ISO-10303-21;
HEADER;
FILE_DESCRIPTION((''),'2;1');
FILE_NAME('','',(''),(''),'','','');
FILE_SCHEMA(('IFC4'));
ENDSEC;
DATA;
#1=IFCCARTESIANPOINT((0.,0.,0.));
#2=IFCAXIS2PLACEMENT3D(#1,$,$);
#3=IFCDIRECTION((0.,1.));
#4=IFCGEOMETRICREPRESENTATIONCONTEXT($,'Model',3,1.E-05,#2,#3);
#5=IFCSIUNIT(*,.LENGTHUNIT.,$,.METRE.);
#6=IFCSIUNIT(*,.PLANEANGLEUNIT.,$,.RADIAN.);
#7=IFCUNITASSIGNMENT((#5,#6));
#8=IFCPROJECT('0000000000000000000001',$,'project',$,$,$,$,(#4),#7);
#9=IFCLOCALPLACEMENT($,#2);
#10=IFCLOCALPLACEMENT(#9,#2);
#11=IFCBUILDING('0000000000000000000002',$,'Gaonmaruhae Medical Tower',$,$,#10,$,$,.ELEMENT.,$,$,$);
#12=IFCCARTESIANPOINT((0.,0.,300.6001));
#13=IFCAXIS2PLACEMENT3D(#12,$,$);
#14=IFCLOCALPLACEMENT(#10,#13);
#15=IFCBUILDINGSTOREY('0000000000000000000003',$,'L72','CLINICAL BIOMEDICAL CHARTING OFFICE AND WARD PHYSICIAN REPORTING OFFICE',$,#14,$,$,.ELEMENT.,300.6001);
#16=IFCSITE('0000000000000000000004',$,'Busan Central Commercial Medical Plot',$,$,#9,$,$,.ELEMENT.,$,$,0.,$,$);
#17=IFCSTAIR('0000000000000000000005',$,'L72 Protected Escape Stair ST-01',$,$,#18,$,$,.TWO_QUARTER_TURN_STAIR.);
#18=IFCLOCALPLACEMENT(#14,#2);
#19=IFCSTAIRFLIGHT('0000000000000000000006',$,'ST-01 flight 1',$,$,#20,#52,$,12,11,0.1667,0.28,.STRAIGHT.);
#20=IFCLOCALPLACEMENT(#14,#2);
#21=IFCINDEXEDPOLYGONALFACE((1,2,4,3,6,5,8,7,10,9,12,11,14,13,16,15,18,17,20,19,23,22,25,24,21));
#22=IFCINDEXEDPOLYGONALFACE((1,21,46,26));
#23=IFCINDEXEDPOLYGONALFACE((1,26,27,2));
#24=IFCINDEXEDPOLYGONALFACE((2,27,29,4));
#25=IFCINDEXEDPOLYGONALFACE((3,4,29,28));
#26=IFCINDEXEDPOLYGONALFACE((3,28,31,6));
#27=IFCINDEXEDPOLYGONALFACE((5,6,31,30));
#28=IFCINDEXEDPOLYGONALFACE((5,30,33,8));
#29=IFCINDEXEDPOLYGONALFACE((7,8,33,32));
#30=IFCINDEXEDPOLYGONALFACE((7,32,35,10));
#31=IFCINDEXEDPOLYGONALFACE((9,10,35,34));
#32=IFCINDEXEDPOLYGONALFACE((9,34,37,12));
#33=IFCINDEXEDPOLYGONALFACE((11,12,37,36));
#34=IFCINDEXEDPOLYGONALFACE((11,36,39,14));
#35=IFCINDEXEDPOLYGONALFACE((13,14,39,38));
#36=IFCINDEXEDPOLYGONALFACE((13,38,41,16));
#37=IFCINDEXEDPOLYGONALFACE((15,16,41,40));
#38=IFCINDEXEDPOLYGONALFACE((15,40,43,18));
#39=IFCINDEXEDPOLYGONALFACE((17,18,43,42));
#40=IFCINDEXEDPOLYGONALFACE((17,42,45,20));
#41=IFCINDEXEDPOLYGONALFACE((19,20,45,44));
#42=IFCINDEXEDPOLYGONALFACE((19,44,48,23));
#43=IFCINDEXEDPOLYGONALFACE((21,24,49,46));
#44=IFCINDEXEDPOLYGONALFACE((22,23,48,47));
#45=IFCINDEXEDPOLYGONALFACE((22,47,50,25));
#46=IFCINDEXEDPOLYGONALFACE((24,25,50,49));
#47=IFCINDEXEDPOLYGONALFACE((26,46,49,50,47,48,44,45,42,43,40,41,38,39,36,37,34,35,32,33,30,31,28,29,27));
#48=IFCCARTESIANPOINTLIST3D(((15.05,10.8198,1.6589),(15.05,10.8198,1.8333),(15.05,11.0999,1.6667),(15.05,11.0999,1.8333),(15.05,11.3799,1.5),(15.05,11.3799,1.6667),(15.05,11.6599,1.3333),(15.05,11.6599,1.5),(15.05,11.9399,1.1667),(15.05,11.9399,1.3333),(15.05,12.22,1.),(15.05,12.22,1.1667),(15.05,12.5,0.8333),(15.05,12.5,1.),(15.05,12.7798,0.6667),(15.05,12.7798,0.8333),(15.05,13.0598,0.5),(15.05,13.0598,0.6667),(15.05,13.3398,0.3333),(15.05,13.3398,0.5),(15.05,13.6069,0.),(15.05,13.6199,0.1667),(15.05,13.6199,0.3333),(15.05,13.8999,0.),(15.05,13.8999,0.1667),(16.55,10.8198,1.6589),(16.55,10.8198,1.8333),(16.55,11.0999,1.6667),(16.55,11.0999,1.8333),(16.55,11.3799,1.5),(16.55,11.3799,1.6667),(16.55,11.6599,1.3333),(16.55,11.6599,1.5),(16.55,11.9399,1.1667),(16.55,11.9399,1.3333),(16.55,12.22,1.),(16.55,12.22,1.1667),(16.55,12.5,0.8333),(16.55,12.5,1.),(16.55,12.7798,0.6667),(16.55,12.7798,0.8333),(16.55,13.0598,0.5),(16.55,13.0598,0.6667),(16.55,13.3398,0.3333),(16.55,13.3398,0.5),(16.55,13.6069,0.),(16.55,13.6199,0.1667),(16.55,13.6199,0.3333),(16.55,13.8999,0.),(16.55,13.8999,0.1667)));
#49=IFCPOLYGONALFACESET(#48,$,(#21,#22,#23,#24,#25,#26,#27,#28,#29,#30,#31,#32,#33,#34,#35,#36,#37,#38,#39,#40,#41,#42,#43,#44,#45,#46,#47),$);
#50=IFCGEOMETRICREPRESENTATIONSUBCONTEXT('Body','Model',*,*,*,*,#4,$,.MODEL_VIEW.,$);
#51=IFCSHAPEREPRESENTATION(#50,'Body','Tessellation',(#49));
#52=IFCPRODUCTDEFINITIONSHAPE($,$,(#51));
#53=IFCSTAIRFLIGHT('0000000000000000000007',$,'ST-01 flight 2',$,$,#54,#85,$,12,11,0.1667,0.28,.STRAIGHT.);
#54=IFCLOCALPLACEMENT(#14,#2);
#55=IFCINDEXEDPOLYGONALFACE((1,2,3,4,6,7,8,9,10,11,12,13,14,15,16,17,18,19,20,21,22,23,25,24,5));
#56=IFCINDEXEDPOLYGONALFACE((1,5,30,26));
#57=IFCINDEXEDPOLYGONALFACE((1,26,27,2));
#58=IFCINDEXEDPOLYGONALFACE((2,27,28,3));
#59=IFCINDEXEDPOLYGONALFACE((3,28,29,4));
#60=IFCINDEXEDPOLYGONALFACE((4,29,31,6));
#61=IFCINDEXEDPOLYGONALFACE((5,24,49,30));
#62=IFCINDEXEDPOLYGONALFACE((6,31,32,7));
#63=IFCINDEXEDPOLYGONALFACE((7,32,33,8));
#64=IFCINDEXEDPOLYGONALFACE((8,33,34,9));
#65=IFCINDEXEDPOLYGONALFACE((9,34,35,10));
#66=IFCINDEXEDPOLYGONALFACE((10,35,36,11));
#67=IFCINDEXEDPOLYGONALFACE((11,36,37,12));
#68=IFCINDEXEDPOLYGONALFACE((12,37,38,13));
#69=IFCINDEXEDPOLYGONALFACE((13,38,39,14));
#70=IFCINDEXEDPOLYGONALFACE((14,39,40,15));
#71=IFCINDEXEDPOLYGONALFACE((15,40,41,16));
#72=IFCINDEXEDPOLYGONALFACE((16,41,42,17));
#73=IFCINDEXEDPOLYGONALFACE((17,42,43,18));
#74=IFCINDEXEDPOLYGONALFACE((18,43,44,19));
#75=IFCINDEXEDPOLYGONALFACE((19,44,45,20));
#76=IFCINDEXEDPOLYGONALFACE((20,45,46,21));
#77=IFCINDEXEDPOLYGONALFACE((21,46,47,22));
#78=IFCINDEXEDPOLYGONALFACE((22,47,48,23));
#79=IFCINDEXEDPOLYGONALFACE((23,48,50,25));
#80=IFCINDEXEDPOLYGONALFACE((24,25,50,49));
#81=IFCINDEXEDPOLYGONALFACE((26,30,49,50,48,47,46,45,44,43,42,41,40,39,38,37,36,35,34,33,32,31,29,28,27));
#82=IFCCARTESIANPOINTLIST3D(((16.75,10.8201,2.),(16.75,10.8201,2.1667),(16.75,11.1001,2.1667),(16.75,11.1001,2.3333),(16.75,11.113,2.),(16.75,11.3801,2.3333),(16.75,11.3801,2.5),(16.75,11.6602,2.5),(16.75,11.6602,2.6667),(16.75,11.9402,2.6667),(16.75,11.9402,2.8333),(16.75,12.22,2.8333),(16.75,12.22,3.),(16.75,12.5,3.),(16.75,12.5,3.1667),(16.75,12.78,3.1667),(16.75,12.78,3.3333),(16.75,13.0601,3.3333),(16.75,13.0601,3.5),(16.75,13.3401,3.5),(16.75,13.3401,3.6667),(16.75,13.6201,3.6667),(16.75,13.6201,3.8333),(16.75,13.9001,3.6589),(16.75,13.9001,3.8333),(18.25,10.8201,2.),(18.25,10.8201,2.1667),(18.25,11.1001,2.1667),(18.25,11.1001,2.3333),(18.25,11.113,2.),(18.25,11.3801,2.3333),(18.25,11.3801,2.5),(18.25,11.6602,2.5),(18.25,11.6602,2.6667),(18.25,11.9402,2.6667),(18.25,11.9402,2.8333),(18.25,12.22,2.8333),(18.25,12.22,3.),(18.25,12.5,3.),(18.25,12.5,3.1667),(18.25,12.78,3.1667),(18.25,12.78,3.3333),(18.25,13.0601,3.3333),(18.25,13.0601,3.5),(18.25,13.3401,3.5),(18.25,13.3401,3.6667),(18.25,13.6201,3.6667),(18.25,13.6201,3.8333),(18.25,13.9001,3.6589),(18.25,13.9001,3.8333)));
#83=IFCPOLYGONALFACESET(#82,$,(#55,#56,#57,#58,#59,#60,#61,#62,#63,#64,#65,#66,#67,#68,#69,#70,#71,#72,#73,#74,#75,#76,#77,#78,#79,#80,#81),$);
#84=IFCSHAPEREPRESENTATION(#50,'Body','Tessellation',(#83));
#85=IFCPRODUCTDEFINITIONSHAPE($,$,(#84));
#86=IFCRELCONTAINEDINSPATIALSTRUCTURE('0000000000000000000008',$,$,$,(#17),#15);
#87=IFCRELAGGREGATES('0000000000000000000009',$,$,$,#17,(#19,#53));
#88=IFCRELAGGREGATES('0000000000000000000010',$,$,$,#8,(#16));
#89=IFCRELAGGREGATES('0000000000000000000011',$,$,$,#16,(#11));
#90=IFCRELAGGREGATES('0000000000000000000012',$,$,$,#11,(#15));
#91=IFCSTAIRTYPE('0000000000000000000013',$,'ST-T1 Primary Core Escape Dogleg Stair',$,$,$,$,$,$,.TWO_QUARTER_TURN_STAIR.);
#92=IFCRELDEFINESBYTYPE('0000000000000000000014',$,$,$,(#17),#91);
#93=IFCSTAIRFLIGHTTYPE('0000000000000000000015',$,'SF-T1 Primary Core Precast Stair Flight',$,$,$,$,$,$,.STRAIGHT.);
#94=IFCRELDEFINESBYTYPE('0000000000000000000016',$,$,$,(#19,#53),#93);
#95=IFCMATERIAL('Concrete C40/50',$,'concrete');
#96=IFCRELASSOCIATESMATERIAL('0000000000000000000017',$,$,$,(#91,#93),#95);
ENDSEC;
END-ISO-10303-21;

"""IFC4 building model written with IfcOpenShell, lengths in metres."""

from ifc_helpers import new_model, si_unit, direction, frame, origin, place, context, subcontext, project, spatial, polyline, outline, extrude, material, type_object, element, aggregate, save


model = new_model("IFC4")

# Units and contexts
model_context = context("Model", 3, precision=1e-05, world=origin(), true_north=direction((0.0, 1.0)))
body_context = subcontext(model_context, "Body", "Model", "MODEL_VIEW")
ifc_project = project(units=[si_unit("LENGTHUNIT", "METRE"), si_unit("PLANEANGLEUNIT", "RADIAN")], contexts=[model_context])

# Site, building, storey
site_placement = place(None, origin())
site = spatial("IfcSite", under=ifc_project, at=site_placement, Name="Busan Central Commercial Medical Plot", CompositionType="ELEMENT", RefElevation=0.0)
building_placement = place(site_placement, origin())
building = spatial("IfcBuilding", under=site, at=building_placement, Name="Gaonmaruhae Medical Tower", CompositionType="ELEMENT")
storey_placement = place(building_placement, frame((0.0, 0.0, 300.6001)))
storey = spatial("IfcBuildingStorey", under=building, at=storey_placement, Name="L72", Description="CLINICAL BIOMEDICAL CHARTING OFFICE AND WARD PHYSICIAN REPORTING OFFICE", CompositionType="ELEMENT", Elevation=300.6001)

# Stair, stair flights
ifc_material_1 = material(Name="Concrete C40/50", Category="concrete")
stair_type = type_object("IfcStairType", Name="ST-T1 Primary Core Escape Dogleg Stair", PredefinedType="TWO_QUARTER_TURN_STAIR", material=ifc_material_1)
stair_placement = place(storey_placement, origin())
stair = element("IfcStair", 1, at=stair_placement, inside=storey, type_object=stair_type, Name="L72 Protected Escape Stair ST-01", PredefinedType="TWO_QUARTER_TURN_STAIR")
stair_flight_type = type_object("IfcStairFlightType", Name="SF-T1 Primary Core Precast Stair Flight", PredefinedType="STRAIGHT", material=ifc_material_1)
stair_flight_1_placement = place(storey_placement, frame((15.8, 13.8999, 0.0), z_axis=(0.0, 0.0, 1.0), x_axis=(0.0, -1.0, 0.0)))
stair_flight_1 = element("IfcStairFlight", 2, at=stair_flight_1_placement, type_object=stair_flight_type, Name="ST-01 flight 1", NumberOfRisers=12, NumberOfTreads=11, PredefinedType="STRAIGHT", RiserHeight=0.1667, TreadLength=0.28, context=body_context, shape_type="SweptSolid", body=[
    extrude(outline(polyline([(0.0, 0.0), (0.0, 0.1667), (0.28, 0.1667), (0.28, 0.3333), (0.5601, 0.3333), (0.5601, 0.5), (0.8401, 0.5), (0.8401, 0.6667), (1.1201, 0.6667), (1.1201, 0.8333), (1.3999, 0.8333), (1.3999, 1.0), (1.6799, 1.0), (1.6799, 1.1667), (1.96, 1.1667), (1.96, 1.3333), (2.24, 1.3333), (2.24, 1.5), (2.52, 1.5), (2.52, 1.6667), (2.8, 1.6667), (2.8, 1.8333), (3.0801, 1.8333), (3.0801, 2.0), (3.0801, 1.6589), (0.293, 0.0), (0.0, 0.0)])), frame((0.0, 0.75, 0.0), z_axis=(0.0, -1.0, 0.0), x_axis=(1.0, 0.0, 0.0)), (0.0, 0.0, 1.0), 1.5),
])
stair_flight_2_placement = place(storey_placement, frame((17.5, 10.8201, 2.0), z_axis=(0.0, 0.0, 1.0), x_axis=(0.0, 1.0, 0.0)))
stair_flight_2 = element("IfcStairFlight", 3, at=stair_flight_2_placement, type_object=stair_flight_type, Name="ST-01 flight 2", NumberOfRisers=12, NumberOfTreads=11, PredefinedType="STRAIGHT", RiserHeight=0.1667, TreadLength=0.28, context=body_context, shape_type="SweptSolid", body=[
    extrude(outline(polyline([(0.0, 0.0), (0.0, 0.1667), (0.28, 0.1667), (0.28, 0.3333), (0.5601, 0.3333), (0.5601, 0.5), (0.8401, 0.5), (0.8401, 0.6667), (1.1201, 0.6667), (1.1201, 0.8333), (1.3999, 0.8333), (1.3999, 1.0), (1.6799, 1.0), (1.6799, 1.1667), (1.96, 1.1667), (1.96, 1.3333), (2.24, 1.3333), (2.24, 1.5), (2.52, 1.5), (2.52, 1.6667), (2.8, 1.6667), (2.8, 1.8333), (3.0801, 1.8333), (3.0801, 2.0), (3.0801, 1.6589), (0.293, 0.0), (0.0, 0.0)])), frame((0.0, 0.75, 0.0), z_axis=(0.0, -1.0, 0.0), x_axis=(1.0, 0.0, 0.0)), (0.0, 0.0, 1.0), 1.5),
])
aggregate(stair, [stair_flight_1, stair_flight_2])

save(model, "model.ifc")
